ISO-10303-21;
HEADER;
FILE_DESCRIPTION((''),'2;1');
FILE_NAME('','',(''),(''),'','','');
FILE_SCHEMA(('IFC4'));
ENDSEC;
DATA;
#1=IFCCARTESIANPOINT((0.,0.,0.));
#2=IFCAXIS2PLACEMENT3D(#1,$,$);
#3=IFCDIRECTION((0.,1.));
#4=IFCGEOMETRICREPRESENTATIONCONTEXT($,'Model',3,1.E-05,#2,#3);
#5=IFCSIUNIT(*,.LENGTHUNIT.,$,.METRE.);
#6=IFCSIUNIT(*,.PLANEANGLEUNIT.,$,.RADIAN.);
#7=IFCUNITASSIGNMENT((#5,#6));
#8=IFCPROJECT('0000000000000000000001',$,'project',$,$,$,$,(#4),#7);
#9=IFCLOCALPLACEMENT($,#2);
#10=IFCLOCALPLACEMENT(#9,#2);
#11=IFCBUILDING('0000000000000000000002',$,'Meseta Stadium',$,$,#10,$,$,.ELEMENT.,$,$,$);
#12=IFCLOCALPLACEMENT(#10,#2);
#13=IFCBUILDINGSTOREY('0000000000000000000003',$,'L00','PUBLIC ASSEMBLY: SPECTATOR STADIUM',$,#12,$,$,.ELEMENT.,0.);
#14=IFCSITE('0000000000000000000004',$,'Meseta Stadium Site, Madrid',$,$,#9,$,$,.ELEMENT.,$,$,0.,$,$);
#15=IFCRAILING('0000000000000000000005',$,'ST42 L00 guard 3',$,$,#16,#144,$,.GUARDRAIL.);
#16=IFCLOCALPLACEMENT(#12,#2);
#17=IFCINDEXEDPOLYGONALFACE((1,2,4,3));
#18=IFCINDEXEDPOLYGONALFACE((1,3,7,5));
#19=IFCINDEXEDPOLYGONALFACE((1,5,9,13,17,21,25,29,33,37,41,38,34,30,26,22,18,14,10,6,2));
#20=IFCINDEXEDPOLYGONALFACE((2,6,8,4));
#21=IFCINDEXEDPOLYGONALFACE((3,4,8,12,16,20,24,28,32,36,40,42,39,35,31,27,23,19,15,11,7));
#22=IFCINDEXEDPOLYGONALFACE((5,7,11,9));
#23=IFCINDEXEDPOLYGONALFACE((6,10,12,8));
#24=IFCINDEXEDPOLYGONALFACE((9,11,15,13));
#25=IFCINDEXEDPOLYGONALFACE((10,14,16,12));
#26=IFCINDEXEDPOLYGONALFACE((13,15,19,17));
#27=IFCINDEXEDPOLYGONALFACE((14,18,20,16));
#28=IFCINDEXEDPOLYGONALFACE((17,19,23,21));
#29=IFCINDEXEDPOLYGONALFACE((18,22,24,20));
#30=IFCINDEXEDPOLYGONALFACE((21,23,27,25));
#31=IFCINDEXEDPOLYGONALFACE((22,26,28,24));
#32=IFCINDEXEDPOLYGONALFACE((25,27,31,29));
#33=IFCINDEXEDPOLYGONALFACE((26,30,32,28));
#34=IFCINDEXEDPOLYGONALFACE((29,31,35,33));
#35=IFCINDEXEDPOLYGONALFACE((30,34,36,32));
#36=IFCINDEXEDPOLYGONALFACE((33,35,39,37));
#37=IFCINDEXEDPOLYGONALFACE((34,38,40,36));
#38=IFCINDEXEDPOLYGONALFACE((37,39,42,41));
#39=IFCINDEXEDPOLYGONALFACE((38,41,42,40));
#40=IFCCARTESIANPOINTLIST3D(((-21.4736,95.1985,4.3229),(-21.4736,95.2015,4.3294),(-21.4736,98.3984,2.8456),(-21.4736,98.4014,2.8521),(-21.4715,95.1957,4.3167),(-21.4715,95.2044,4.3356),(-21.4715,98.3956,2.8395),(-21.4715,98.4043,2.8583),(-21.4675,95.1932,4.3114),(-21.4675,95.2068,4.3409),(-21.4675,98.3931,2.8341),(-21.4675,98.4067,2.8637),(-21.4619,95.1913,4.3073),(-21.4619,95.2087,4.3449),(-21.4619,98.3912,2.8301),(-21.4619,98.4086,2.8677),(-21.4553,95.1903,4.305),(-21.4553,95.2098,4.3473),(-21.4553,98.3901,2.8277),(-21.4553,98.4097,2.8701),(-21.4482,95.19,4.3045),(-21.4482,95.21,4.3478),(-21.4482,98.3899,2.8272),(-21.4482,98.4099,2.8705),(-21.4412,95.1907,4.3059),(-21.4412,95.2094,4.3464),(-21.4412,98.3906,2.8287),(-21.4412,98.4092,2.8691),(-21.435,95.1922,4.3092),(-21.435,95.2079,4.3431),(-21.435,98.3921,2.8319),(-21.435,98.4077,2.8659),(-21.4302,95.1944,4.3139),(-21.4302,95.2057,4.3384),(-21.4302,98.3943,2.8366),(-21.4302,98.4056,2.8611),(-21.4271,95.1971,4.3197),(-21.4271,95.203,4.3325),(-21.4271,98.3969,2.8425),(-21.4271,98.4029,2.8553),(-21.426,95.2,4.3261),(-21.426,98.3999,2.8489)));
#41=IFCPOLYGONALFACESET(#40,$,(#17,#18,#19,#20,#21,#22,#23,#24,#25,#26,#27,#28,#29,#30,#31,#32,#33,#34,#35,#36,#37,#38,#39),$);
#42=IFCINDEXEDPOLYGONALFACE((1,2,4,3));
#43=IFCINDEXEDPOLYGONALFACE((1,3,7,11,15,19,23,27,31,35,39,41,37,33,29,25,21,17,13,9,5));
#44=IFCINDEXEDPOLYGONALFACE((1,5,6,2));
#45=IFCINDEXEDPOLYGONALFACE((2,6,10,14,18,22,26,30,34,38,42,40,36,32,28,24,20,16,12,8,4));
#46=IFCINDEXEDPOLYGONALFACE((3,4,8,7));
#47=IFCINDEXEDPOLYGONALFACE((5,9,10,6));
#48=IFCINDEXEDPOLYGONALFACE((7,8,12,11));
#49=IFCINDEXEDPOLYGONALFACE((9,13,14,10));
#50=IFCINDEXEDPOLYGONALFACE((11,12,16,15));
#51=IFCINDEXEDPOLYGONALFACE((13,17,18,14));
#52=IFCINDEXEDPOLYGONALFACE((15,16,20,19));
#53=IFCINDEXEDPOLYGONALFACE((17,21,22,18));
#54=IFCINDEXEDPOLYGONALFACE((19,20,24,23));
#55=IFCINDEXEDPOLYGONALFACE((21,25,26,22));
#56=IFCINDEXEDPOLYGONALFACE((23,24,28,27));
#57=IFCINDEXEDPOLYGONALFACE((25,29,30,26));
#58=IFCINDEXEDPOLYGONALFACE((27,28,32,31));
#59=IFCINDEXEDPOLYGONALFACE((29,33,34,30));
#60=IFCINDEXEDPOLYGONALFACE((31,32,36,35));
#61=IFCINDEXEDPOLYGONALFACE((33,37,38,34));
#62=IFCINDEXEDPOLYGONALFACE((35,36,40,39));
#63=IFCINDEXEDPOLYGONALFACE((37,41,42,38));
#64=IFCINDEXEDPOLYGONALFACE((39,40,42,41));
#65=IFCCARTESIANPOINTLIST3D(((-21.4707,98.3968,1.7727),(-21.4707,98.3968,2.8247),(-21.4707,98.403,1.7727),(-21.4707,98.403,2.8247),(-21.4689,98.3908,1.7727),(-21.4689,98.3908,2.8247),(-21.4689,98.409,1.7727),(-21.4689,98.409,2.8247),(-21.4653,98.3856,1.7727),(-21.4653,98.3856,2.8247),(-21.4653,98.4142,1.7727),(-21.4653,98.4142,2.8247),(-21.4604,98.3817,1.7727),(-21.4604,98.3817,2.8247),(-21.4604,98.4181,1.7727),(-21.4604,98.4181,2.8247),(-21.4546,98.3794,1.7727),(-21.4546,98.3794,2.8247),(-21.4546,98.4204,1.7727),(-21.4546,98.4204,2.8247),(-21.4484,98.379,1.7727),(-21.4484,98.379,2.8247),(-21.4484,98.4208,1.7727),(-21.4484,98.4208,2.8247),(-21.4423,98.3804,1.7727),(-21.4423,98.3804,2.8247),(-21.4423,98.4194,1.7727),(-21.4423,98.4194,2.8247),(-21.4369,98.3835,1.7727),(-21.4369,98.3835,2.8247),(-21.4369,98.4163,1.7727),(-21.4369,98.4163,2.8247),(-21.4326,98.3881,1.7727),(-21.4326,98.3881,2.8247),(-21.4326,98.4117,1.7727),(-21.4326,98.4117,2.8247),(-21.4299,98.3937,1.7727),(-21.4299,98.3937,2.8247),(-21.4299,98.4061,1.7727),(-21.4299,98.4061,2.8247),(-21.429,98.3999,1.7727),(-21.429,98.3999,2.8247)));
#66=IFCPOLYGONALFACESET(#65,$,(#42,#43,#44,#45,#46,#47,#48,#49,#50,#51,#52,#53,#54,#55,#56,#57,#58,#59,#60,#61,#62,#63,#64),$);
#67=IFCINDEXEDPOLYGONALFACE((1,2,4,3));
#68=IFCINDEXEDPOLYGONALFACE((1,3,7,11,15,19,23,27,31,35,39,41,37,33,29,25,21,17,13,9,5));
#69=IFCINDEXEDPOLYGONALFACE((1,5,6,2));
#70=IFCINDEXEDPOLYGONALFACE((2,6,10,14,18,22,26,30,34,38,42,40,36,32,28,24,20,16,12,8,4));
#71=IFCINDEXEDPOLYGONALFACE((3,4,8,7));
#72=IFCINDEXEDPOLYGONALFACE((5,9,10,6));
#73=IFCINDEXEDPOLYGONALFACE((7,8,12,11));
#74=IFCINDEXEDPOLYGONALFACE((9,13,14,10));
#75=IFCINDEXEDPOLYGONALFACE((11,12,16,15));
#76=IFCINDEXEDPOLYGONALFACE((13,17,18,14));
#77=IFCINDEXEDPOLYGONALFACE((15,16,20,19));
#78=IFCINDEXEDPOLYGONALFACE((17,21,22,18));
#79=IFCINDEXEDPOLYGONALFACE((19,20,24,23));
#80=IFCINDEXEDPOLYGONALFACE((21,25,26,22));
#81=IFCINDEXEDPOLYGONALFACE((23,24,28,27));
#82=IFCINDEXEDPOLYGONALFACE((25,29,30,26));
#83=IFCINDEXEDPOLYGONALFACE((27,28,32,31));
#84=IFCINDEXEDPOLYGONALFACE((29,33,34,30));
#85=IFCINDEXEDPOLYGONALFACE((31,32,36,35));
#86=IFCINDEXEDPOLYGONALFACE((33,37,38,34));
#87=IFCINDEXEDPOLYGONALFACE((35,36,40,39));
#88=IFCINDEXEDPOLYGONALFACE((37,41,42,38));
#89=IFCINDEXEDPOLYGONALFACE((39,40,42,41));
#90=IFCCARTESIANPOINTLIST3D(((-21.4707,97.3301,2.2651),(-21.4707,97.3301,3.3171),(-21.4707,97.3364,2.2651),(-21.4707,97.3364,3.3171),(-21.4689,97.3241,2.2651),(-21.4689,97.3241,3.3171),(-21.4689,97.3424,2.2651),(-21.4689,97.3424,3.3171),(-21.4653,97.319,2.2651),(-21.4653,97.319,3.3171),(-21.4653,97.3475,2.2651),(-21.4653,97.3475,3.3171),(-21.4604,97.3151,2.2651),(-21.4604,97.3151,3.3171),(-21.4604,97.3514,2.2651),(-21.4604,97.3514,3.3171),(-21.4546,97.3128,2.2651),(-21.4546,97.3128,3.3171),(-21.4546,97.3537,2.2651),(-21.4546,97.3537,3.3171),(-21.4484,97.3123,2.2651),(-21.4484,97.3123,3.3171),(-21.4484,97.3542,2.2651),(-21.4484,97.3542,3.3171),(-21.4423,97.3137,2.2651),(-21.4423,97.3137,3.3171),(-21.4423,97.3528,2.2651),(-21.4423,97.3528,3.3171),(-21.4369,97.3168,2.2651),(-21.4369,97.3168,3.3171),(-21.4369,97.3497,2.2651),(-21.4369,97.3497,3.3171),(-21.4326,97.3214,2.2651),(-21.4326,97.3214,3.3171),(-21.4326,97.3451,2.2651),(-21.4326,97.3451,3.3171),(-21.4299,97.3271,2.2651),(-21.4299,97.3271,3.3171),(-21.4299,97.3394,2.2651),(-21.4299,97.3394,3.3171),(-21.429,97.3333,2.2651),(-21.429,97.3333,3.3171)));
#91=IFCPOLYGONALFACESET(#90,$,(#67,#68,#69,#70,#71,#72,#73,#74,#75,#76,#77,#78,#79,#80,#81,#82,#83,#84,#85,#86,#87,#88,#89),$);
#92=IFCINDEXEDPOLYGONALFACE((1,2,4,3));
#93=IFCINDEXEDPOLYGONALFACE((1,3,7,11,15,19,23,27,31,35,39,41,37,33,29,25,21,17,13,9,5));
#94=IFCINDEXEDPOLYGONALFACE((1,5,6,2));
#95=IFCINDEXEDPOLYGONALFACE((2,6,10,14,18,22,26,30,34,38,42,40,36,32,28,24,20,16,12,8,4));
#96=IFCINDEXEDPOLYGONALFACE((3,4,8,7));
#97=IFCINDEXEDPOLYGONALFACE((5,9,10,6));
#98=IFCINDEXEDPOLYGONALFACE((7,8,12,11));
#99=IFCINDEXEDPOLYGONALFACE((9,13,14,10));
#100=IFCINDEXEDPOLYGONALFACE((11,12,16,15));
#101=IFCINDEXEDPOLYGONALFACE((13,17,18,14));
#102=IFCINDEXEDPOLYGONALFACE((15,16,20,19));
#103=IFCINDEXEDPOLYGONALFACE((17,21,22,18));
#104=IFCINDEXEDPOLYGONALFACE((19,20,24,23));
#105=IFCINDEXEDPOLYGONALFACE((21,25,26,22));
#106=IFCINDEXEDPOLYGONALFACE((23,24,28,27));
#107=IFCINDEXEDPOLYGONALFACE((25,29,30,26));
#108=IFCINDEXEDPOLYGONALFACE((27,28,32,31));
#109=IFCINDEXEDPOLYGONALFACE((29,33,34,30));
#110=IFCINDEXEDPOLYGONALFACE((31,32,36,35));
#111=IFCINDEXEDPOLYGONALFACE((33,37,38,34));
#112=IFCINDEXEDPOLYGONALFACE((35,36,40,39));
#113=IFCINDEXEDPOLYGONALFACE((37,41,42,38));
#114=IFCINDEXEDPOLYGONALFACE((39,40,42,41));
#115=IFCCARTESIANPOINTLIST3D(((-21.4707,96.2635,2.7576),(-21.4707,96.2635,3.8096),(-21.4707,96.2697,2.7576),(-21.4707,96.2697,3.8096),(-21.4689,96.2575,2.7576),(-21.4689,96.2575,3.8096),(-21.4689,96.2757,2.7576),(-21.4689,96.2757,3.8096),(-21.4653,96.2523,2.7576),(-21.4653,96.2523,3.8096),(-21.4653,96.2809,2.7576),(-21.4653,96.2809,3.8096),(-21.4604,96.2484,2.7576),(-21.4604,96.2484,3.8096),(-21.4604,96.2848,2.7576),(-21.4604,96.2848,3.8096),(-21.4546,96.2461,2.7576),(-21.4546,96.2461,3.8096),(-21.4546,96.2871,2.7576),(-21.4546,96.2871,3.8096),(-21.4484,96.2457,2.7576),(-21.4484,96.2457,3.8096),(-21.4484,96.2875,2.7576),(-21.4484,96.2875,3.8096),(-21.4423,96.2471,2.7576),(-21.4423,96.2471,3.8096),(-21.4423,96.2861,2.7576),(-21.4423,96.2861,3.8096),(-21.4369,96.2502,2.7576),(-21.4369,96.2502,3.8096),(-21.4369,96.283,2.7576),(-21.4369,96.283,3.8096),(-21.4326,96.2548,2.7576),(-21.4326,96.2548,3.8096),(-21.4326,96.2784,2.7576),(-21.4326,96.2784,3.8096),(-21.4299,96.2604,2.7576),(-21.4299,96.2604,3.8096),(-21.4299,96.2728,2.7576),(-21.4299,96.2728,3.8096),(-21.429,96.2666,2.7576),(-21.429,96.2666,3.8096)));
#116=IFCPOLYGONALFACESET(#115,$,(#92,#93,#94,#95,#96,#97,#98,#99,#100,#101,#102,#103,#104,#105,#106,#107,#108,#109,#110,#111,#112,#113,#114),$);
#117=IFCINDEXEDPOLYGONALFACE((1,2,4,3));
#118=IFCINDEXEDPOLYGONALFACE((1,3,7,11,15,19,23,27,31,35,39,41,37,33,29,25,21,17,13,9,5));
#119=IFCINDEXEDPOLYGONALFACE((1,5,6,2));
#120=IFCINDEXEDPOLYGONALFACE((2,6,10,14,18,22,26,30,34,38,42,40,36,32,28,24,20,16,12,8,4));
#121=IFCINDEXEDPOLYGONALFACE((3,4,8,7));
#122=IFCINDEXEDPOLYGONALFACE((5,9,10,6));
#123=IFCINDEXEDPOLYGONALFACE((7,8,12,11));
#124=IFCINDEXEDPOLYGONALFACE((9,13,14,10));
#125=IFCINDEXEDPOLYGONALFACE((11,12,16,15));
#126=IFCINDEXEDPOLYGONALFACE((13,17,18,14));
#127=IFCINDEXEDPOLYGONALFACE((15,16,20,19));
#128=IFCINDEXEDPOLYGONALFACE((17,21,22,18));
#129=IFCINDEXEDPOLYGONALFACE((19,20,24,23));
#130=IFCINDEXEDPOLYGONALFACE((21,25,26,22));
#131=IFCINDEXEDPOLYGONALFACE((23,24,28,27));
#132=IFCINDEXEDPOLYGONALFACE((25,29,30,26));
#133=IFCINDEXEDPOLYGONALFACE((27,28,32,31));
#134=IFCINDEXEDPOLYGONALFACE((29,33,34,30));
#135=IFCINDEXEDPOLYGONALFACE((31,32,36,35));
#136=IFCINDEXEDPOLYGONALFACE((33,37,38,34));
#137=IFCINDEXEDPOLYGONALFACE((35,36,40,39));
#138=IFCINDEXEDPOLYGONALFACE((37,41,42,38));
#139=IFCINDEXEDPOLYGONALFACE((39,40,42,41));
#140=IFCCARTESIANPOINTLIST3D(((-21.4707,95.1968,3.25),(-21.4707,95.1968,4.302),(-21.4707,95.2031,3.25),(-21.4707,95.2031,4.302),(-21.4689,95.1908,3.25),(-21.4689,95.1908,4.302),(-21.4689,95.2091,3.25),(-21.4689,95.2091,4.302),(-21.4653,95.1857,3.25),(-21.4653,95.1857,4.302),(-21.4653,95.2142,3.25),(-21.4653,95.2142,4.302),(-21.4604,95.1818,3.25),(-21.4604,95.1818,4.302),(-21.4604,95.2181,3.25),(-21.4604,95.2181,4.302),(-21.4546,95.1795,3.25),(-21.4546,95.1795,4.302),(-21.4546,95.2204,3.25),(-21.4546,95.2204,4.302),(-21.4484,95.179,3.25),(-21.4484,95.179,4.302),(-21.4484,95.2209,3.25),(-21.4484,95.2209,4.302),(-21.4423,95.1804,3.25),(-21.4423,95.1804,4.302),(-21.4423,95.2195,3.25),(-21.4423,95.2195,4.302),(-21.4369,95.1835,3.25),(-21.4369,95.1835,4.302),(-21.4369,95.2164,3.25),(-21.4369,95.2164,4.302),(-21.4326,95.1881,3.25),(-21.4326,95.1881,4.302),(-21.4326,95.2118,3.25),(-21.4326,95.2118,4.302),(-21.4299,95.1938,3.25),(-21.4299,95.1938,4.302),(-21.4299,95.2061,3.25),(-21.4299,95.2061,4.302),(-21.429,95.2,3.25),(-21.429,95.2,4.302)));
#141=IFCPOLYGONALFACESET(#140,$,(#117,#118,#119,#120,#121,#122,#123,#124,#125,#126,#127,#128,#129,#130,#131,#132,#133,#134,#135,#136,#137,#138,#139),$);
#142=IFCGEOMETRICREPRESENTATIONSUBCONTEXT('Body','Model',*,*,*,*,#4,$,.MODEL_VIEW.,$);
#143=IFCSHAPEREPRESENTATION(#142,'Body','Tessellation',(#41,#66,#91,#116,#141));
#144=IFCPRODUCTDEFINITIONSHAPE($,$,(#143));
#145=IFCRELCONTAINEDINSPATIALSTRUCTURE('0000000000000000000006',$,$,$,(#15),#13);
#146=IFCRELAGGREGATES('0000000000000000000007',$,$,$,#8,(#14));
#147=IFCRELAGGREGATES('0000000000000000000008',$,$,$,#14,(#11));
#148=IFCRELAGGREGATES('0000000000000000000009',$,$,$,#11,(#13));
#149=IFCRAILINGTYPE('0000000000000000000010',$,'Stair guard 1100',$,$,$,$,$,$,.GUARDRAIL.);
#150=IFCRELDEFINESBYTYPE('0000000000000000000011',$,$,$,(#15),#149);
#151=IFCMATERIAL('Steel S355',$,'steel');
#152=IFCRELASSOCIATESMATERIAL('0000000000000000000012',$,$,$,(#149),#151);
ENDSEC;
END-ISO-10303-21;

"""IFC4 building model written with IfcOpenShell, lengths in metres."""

from ifc_helpers import new_model, si_unit, direction, frame, origin, origin_2d, place, context, subcontext, project, spatial, circle, extrude, material, type_object, element, save


model = new_model("IFC4")

# Units and contexts
model_context = context("Model", 3, precision=1e-05, world=origin(), true_north=direction((0.0, 1.0)))
body_context = subcontext(model_context, "Body", "Model", "MODEL_VIEW")
ifc_project = project(units=[si_unit("LENGTHUNIT", "METRE"), si_unit("PLANEANGLEUNIT", "RADIAN")], contexts=[model_context])

# Site, building, storey
site_placement = place(None, origin())
site = spatial("IfcSite", under=ifc_project, at=site_placement, Name="Meseta Stadium Site, Madrid", CompositionType="ELEMENT", RefElevation=0.0)
building_placement = place(site_placement, origin())
building = spatial("IfcBuilding", under=site, at=building_placement, Name="Meseta Stadium", CompositionType="ELEMENT")
storey_placement = place(building_placement, origin())
storey = spatial("IfcBuildingStorey", under=building, at=storey_placement, Name="L00", Description="PUBLIC ASSEMBLY: SPECTATOR STADIUM", CompositionType="ELEMENT", Elevation=0.0)

# Railing
ifc_material_1 = material(Name="Steel S355", Category="steel")
railing_type_1 = type_object("IfcRailingType", Name="Stair guard 1100", PredefinedType="GUARDRAIL", material=ifc_material_1)
railing_1_placement = place(storey_placement, frame((-21.45, 98.3999, 1.7727)))
element("IfcRailing", 1, at=railing_1_placement, inside=storey, type_object=railing_type_1, Name="ST42 L00 guard 3", PredefinedType="GUARDRAIL", context=body_context, shape_type="SweptSolid", body=[
    extrude(circle(Radius=0.0239, at=origin_2d()), frame((0.0, 0.0, 1.0762), z_axis=(0.0, -0.907917, 0.41915), x_axis=(1.0, 0.0, 0.0)), (0.0, 0.0, 1.0), 3.5244),
    extrude(circle(Radius=0.021, at=origin_2d()), origin(), (0.0, 0.0, 1.0), 1.052),
    extrude(circle(Radius=0.021, at=origin_2d()), frame((0.0, -1.0667, 0.4924)), (0.0, 0.0, 1.0), 1.052),
    extrude(circle(Radius=0.021, at=origin_2d()), frame((0.0, -2.1333, 0.9849)), (0.0, 0.0, 1.0), 1.052),
    extrude(circle(Radius=0.021, at=origin_2d()), frame((0.0, -3.2, 1.4773)), (0.0, 0.0, 1.0), 1.052),
])

save(model, "model.ifc")
